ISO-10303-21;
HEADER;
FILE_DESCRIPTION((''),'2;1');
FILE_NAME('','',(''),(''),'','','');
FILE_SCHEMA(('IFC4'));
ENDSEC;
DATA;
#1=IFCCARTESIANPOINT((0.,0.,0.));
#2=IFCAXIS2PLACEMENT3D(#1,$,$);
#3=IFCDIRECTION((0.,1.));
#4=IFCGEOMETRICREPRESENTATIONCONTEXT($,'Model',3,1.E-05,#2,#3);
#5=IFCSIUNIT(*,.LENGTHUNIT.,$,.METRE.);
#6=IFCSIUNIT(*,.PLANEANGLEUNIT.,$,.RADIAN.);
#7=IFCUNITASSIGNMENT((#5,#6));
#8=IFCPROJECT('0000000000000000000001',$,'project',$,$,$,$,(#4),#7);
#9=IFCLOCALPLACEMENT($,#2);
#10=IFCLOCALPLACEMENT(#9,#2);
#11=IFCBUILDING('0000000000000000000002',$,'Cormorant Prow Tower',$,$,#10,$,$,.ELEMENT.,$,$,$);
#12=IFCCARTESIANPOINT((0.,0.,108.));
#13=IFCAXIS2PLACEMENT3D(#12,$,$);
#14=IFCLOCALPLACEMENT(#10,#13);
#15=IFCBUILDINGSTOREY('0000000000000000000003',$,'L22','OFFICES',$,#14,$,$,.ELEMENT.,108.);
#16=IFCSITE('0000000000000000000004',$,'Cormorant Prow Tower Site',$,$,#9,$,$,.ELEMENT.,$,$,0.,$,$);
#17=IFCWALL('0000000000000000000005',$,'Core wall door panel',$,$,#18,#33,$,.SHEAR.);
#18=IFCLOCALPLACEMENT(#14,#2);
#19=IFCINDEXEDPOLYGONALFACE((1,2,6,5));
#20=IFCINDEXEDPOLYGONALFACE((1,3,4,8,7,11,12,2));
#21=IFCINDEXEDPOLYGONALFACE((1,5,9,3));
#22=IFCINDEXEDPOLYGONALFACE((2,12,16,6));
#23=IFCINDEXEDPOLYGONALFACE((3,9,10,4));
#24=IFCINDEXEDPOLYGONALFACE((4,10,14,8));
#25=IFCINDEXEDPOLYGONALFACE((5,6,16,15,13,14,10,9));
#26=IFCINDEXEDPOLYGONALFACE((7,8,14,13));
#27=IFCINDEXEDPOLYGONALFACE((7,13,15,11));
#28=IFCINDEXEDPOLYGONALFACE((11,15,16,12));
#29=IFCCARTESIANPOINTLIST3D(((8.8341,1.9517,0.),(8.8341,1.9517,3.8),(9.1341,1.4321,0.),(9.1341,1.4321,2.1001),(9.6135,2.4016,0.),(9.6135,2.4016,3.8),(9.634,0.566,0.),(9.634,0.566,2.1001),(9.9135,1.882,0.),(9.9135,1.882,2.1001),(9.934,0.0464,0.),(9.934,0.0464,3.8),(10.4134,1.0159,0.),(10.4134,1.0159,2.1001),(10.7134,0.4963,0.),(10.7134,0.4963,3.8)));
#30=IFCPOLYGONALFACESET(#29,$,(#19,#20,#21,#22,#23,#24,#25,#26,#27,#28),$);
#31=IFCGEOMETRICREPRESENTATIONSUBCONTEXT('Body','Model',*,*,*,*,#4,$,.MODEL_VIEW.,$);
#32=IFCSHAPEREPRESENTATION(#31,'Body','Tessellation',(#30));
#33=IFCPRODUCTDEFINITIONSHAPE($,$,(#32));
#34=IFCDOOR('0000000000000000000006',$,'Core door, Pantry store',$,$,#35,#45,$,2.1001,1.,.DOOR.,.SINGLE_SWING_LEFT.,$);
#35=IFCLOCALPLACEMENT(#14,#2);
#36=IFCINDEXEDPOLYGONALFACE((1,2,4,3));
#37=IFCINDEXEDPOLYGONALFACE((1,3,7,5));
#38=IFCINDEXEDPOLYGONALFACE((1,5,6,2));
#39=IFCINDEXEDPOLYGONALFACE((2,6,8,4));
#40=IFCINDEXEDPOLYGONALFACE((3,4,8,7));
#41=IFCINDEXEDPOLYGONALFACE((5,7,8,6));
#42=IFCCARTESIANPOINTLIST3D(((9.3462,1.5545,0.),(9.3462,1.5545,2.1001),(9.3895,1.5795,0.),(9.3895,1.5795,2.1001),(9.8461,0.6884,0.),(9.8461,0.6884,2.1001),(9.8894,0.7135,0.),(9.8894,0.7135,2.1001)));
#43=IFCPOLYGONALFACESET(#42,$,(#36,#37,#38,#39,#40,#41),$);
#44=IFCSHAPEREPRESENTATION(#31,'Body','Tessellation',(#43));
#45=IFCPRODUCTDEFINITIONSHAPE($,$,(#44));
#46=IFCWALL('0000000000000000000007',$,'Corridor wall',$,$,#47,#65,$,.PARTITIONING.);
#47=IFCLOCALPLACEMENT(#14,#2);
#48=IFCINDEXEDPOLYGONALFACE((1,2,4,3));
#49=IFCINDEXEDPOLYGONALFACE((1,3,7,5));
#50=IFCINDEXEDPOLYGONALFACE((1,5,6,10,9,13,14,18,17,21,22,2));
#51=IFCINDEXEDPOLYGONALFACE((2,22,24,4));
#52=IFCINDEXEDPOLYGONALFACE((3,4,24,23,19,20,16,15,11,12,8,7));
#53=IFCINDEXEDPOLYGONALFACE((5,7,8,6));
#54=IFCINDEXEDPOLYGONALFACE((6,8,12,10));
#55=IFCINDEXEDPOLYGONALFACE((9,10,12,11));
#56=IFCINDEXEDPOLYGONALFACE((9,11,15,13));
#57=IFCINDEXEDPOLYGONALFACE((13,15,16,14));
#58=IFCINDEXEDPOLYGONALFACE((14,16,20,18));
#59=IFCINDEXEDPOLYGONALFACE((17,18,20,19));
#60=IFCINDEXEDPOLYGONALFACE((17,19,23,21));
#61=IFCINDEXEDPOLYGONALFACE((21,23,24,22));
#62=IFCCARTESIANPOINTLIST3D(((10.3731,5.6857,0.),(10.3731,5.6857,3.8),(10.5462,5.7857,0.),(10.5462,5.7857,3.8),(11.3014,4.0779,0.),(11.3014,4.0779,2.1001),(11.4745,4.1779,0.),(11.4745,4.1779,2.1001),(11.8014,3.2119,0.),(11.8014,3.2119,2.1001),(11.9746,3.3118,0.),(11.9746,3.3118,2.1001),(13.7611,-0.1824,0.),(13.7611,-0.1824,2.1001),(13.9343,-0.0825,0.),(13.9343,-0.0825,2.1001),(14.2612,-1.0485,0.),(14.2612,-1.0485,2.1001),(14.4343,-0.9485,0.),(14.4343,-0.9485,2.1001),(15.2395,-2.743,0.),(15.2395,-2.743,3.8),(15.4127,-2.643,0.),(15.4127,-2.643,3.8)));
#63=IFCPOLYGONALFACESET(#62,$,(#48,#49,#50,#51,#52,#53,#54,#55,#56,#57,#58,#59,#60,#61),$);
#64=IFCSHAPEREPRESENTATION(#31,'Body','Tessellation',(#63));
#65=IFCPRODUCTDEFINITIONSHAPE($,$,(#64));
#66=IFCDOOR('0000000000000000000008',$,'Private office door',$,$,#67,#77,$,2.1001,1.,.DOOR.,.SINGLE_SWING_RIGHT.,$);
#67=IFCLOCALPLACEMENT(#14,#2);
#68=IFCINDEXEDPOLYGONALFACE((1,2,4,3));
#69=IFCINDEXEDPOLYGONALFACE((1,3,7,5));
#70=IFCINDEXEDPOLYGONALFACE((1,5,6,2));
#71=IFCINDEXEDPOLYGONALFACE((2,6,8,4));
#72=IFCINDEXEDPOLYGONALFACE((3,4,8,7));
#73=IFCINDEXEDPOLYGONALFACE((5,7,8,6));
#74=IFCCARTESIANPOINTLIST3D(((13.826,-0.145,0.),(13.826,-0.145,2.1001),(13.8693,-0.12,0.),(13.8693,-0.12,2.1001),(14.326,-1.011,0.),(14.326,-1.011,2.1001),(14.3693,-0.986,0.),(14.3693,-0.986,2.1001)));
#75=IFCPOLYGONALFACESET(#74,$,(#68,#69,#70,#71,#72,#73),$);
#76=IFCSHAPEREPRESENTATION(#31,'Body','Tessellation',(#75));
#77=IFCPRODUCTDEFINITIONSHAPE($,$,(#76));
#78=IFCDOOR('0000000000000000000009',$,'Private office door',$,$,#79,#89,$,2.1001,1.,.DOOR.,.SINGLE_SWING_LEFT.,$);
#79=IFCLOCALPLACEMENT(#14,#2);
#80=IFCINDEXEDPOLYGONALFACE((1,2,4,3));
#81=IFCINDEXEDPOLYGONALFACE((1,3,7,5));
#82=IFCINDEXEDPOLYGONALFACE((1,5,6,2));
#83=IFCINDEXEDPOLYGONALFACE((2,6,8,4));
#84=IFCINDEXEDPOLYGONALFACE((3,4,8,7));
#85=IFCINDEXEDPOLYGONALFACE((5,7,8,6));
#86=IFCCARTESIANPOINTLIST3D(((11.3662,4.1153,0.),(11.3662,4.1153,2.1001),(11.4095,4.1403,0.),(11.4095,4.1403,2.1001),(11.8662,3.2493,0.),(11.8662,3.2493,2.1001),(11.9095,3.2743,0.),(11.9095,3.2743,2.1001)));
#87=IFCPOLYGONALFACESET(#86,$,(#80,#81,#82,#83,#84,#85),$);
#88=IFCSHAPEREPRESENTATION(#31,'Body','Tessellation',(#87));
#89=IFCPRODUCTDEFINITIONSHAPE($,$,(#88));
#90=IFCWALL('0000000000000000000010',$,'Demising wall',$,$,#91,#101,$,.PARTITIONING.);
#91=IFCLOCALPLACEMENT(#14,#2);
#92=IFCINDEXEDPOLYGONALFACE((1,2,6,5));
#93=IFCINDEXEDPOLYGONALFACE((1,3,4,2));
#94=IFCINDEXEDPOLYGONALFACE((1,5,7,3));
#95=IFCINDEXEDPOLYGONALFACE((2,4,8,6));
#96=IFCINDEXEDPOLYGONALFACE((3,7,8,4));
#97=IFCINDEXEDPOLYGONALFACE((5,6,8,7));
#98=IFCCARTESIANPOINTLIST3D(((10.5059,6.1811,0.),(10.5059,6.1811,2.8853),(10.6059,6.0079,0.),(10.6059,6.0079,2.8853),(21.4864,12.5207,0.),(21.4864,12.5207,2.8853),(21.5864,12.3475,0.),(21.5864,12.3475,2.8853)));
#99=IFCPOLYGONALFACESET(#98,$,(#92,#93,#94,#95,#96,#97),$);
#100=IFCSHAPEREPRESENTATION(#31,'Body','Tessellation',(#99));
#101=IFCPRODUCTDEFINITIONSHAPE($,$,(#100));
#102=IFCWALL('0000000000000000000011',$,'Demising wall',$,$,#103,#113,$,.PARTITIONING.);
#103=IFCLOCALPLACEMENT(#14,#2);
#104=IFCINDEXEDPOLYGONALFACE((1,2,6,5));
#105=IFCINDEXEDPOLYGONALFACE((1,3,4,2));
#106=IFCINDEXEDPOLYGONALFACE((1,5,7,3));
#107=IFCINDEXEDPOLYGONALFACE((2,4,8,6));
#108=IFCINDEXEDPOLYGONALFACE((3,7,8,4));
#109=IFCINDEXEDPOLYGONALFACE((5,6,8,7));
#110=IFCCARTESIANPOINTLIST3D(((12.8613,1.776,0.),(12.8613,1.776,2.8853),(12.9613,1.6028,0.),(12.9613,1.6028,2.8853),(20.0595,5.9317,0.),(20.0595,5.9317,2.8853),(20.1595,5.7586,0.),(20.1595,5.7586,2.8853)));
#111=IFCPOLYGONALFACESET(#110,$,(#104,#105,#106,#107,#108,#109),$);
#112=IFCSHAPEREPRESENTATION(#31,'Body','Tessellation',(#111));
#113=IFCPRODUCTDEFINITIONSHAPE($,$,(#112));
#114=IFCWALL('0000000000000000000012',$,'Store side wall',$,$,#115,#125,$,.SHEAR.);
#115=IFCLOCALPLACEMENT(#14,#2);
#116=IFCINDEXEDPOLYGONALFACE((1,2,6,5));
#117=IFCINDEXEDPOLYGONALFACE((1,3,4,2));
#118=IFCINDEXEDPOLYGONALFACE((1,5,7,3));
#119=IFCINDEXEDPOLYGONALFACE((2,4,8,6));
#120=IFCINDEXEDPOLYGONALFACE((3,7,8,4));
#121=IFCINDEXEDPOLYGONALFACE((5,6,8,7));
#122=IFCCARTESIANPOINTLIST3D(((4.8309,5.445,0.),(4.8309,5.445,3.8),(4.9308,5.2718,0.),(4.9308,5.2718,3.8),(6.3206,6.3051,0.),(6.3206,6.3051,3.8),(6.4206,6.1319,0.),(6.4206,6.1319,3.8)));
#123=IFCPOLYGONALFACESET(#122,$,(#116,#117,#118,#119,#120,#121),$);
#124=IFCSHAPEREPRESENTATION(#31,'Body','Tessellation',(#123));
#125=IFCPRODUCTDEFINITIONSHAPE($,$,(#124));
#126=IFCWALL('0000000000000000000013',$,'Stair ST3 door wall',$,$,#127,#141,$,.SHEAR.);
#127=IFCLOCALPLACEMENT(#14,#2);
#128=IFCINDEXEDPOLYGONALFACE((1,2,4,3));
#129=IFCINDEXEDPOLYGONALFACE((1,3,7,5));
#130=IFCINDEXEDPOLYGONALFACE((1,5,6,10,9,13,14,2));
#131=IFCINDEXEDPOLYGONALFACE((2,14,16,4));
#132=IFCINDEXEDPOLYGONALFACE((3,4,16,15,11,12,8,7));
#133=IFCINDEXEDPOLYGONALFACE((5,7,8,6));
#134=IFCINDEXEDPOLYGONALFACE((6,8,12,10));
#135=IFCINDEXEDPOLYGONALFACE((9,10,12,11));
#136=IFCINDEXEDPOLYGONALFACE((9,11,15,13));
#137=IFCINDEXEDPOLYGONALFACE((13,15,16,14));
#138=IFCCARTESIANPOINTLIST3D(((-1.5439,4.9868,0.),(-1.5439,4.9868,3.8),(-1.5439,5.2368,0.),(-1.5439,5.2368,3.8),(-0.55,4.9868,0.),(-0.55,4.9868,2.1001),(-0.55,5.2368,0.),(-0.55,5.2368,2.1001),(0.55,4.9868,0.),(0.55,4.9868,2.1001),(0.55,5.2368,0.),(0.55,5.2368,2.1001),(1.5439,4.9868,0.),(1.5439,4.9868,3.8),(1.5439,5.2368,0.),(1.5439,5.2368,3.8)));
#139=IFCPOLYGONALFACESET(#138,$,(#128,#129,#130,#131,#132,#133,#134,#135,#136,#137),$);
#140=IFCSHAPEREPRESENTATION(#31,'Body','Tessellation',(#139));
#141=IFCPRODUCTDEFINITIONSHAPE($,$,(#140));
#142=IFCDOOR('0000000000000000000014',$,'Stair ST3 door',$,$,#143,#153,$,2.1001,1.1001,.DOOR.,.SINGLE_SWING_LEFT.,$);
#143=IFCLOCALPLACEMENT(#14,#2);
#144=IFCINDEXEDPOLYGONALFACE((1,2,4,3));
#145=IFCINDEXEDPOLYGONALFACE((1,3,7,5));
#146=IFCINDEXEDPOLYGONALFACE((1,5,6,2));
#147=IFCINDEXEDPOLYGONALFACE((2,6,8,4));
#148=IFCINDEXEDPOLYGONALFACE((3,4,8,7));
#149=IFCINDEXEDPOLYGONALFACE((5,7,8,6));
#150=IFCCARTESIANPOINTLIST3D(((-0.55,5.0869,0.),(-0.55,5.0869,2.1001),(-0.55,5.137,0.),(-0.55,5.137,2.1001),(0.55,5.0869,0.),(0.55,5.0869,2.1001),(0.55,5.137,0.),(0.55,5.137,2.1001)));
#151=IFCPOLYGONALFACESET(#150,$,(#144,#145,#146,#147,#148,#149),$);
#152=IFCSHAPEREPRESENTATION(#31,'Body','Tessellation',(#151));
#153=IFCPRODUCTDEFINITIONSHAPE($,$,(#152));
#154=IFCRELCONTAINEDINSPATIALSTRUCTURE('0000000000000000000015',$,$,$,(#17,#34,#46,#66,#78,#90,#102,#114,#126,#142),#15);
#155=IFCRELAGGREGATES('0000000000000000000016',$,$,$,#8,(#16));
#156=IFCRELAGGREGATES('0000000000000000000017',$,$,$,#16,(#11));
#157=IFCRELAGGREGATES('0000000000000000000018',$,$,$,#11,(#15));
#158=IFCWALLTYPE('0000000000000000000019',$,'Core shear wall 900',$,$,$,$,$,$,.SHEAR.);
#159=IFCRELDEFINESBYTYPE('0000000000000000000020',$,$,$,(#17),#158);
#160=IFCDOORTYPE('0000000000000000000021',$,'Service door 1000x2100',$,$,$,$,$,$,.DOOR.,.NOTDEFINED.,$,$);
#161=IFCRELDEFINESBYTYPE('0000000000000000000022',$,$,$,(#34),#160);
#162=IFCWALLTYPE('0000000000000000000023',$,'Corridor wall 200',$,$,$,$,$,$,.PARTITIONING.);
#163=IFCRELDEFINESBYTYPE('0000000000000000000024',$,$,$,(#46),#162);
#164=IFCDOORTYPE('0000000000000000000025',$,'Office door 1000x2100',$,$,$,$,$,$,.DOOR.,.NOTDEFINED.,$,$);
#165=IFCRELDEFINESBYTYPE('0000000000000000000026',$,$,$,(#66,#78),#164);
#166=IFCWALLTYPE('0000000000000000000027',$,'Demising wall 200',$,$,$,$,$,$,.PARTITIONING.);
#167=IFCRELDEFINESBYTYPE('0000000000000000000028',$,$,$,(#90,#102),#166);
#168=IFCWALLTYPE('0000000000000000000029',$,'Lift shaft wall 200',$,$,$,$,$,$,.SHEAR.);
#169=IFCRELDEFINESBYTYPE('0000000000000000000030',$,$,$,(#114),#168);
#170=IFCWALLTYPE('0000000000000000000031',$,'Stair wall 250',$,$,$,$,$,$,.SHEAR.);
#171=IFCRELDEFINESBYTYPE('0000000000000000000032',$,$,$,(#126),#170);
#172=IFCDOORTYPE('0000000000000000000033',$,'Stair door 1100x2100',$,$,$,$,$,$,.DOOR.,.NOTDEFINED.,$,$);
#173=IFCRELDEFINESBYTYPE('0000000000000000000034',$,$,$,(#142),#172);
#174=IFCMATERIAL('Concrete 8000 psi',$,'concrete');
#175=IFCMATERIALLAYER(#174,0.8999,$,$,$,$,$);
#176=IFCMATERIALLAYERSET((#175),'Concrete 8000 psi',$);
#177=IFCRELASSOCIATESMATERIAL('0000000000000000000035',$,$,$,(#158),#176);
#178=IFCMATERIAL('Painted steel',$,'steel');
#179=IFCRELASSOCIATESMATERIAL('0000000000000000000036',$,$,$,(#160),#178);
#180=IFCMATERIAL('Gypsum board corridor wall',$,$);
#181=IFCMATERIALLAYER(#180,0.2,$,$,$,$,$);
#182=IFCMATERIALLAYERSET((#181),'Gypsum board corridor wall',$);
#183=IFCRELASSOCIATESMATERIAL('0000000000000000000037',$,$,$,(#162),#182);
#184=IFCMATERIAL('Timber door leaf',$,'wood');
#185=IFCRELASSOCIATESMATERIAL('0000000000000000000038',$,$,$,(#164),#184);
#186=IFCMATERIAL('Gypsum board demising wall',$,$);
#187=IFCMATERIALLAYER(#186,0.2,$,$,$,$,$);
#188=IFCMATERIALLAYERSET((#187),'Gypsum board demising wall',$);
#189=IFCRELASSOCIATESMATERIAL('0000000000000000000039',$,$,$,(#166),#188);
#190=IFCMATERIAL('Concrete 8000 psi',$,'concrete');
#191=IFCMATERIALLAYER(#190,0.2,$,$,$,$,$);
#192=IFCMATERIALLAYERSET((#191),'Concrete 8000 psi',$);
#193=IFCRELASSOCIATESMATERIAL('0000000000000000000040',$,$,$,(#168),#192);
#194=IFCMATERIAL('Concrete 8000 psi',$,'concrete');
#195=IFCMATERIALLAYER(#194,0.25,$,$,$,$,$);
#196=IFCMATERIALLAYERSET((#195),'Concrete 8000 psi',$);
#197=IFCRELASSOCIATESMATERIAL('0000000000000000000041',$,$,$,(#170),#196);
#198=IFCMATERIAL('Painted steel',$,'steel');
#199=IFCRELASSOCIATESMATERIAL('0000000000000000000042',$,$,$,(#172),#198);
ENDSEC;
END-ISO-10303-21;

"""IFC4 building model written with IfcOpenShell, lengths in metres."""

from ifc_helpers import new_model, si_unit, direction, frame, frame_2d, origin, place, context, subcontext, project, spatial, rectangle, extrude, material, layer, layer_set, type_object, element, fill, save


model = new_model("IFC4")

# Units and contexts
model_context = context("Model", 3, precision=1e-05, world=origin(), true_north=direction((0.0, 1.0)))
body_context = subcontext(model_context, "Body", "Model", "MODEL_VIEW")
ifc_project = project(units=[si_unit("LENGTHUNIT", "METRE"), si_unit("PLANEANGLEUNIT", "RADIAN")], contexts=[model_context])

# Site, building, storey
site_placement = place(None, origin())
site = spatial("IfcSite", under=ifc_project, at=site_placement, Name="Cormorant Prow Tower Site", CompositionType="ELEMENT", RefElevation=0.0)
building_placement = place(site_placement, origin())
building = spatial("IfcBuilding", under=site, at=building_placement, Name="Cormorant Prow Tower", CompositionType="ELEMENT")
storey_placement = place(building_placement, frame((0.0, 0.0, 108.0)))
storey = spatial("IfcBuildingStorey", under=building, at=storey_placement, Name="L22", Description="OFFICES", CompositionType="ELEMENT", Elevation=108.0)

# Shared definitions
ifc_material_1 = material(Name="Concrete 8000 psi", Category="concrete")
ifc_layer_1 = layer(ifc_material_1, 0.8999)
ifc_layer_set_1 = layer_set([ifc_layer_1], Name="Concrete 8000 psi")
wall_type_1 = type_object("IfcWallType", Name="Core shear wall 900", PredefinedType="SHEAR", material=ifc_layer_set_1)

# Wall, opening, door
wall_1_placement = place(storey_placement, frame((10.3237, 0.2712, 0.0), z_axis=(0.0, 0.0, 1.0), x_axis=(-0.499947, 0.866056, 0.0)))
wall_1 = element("IfcWall", 1, at=wall_1_placement, inside=storey, type_object=wall_type_1, Name="Core wall door panel", PredefinedType="SHEAR", context=body_context, shape_type="SweptSolid", body=[
    extrude(rectangle(XDim=2.2, YDim=0.8999, at=frame_2d((1.1001, 0.0))), origin(), (0.0, 0.0, 1.0), 3.8),
])
opening_1_placement = place(wall_1_placement, frame((0.6001, 0.0, 0.0)))
opening_1 = element("IfcOpeningElement", 2, at=opening_1_placement, cuts=wall_1, PredefinedType="OPENING", context=body_context, shape_type="SweptSolid", body=[
    extrude(rectangle(XDim=1.0, YDim=2.1001, at=frame_2d((0.5, 1.05))), frame((0.0, 0.46, 0.0), z_axis=(0.0, -1.0, 0.0), x_axis=(1.0, 0.0, 0.0)), (0.0, 0.0, 1.0), 0.9199),
])
ifc_material_2 = material(Name="Painted steel", Category="steel")
door_type_1 = type_object("IfcDoorType", Name="Service door 1000x2100", OperationType="NOTDEFINED", PredefinedType="DOOR", material=ifc_material_2)
door_1_placement = place(opening_1_placement, origin())
door_1 = element("IfcDoor", 3, at=door_1_placement, inside=storey, type_object=door_type_1, Name="Core door, Pantry store", OperationType="SINGLE_SWING_LEFT", OverallHeight=2.1001, OverallWidth=1.0, PredefinedType="DOOR", context=body_context, shape_type="SweptSolid", body=[
    extrude(rectangle(XDim=1.0, YDim=2.1001, at=frame_2d((0.5, 1.05))), frame((0.0, 0.2051, 0.0), z_axis=(0.0, -1.0, 0.0), x_axis=(1.0, 0.0, 0.0)), (0.0, 0.0, 1.0), 0.05),
])
fill(opening_1, door_1)

# Wall, openings, doors
ifc_material_3 = material(Name="Gypsum board corridor wall")
ifc_layer_2 = layer(ifc_material_3, 0.2)
ifc_layer_set_2 = layer_set([ifc_layer_2], Name="Gypsum board corridor wall")
wall_type_2 = type_object("IfcWallType", Name="Corridor wall 200", PredefinedType="PARTITIONING", material=ifc_layer_set_2)
wall_2_placement = place(storey_placement, frame((10.4597, 5.7356, 0.0), z_axis=(0.0, 0.0, 1.0), x_axis=(0.500011, -0.866019, 0.0)))
wall_2 = element("IfcWall", 4, at=wall_2_placement, inside=storey, type_object=wall_type_2, Name="Corridor wall", PredefinedType="PARTITIONING", context=body_context, shape_type="SweptSolid", body=[
    extrude(rectangle(XDim=9.7327, YDim=0.2, at=frame_2d((4.8662, 0.0))), origin(), (0.0, 0.0, 1.0), 3.8),
])
opening_2_placement = place(wall_2_placement, frame((6.7759, 0.0, 0.0)))
opening_2 = element("IfcOpeningElement", 5, at=opening_2_placement, cuts=wall_2, PredefinedType="OPENING", context=body_context, shape_type="SweptSolid", body=[
    extrude(rectangle(XDim=1.0, YDim=2.1001, at=frame_2d((0.5, 1.05))), frame((0.0, 0.1099, 0.0), z_axis=(0.0, -1.0, 0.0), x_axis=(1.0, 0.0, 0.0)), (0.0, 0.0, 1.0), 0.22),
])
opening_3_placement = place(wall_2_placement, frame((1.8564, 0.0, 0.0)))
opening_3 = element("IfcOpeningElement", 6, at=opening_3_placement, cuts=wall_2, PredefinedType="OPENING", context=body_context, shape_type="SweptSolid", body=[
    extrude(rectangle(XDim=1.0, YDim=2.1001, at=frame_2d((0.5, 1.05))), frame((0.0, 0.1099, 0.0), z_axis=(0.0, -1.0, 0.0), x_axis=(1.0, 0.0, 0.0)), (0.0, 0.0, 1.0), 0.22),
])
ifc_material_4 = material(Name="Timber door leaf", Category="wood")
door_type_2 = type_object("IfcDoorType", Name="Office door 1000x2100", OperationType="NOTDEFINED", PredefinedType="DOOR", material=ifc_material_4)
door_2_placement = place(opening_2_placement, origin())
door_2 = element("IfcDoor", 7, at=door_2_placement, inside=storey, type_object=door_type_2, Name="Private office door", OperationType="SINGLE_SWING_RIGHT", OverallHeight=2.1001, OverallWidth=1.0, PredefinedType="DOOR", context=body_context, shape_type="SweptSolid", body=[
    extrude(rectangle(XDim=1.0, YDim=2.1001, at=frame_2d((0.5, 1.05))), frame((0.0, 0.0249, 0.0), z_axis=(0.0, -1.0, 0.0), x_axis=(1.0, 0.0, 0.0)), (0.0, 0.0, 1.0), 0.05),
])
fill(opening_2, door_2)
door_3_placement = place(opening_3_placement, origin())
door_3 = element("IfcDoor", 8, at=door_3_placement, inside=storey, type_object=door_type_2, Name="Private office door", OperationType="SINGLE_SWING_LEFT", OverallHeight=2.1001, OverallWidth=1.0, PredefinedType="DOOR", context=body_context, shape_type="SweptSolid", body=[
    extrude(rectangle(XDim=1.0, YDim=2.1001, at=frame_2d((0.5, 1.05))), frame((0.0, 0.0249, 0.0), z_axis=(0.0, -1.0, 0.0), x_axis=(1.0, 0.0, 0.0)), (0.0, 0.0, 1.0), 0.05),
])
fill(opening_3, door_3)

# Walls
ifc_material_5 = material(Name="Gypsum board demising wall")
ifc_layer_3 = layer(ifc_material_5, 0.2)
ifc_layer_set_3 = layer_set([ifc_layer_3], Name="Gypsum board demising wall")
wall_type_3 = type_object("IfcWallType", Name="Demising wall 200", PredefinedType="PARTITIONING", material=ifc_layer_set_3)
wall_3_placement = place(storey_placement, frame((10.5559, 6.0945, 0.0), z_axis=(0.0, 0.0, 1.0), x_axis=(0.866025, 0.500001, 0.0)))
element("IfcWall", 9, at=wall_3_placement, inside=storey, type_object=wall_type_3, Name="Demising wall", PredefinedType="PARTITIONING", context=body_context, shape_type="SweptSolid", body=[
    extrude(rectangle(XDim=12.6792, YDim=0.2, at=frame_2d((6.3396, 0.0))), origin(), (0.0, 0.0, 1.0), 2.8853),
])
wall_4_placement = place(storey_placement, frame((12.9114, 1.6895, 0.0), z_axis=(0.0, 0.0, 1.0), x_axis=(0.866033, 0.499987, 0.0)))
element("IfcWall", 10, at=wall_4_placement, inside=storey, type_object=wall_type_3, Name="Demising wall", PredefinedType="PARTITIONING", context=body_context, shape_type="SweptSolid", body=[
    extrude(rectangle(XDim=8.3118, YDim=0.2, at=frame_2d((4.1558, 0.0))), origin(), (0.0, 0.0, 1.0), 2.8853),
])
ifc_material_6 = material(Name="Concrete 8000 psi", Category="concrete")
ifc_layer_4 = layer(ifc_material_6, 0.2)
ifc_layer_set_4 = layer_set([ifc_layer_4], Name="Concrete 8000 psi")
wall_type_4 = type_object("IfcWallType", Name="Lift shaft wall 200", PredefinedType="SHEAR", material=ifc_layer_set_4)
wall_5_placement = place(storey_placement, frame((4.8809, 5.3584, 0.0), z_axis=(0.0, 0.0, 1.0), x_axis=(0.866025, 0.500001, 0.0)))
element("IfcWall", 11, at=wall_5_placement, inside=storey, type_object=wall_type_4, Name="Store side wall", PredefinedType="SHEAR", context=body_context, shape_type="SweptSolid", body=[
    extrude(rectangle(XDim=1.7202, YDim=0.2, at=frame_2d((0.8601, 0.0))), origin(), (0.0, 0.0, 1.0), 3.8),
])

# Wall, opening, door
ifc_material_7 = material(Name="Concrete 8000 psi", Category="concrete")
ifc_layer_5 = layer(ifc_material_7, 0.25)
ifc_layer_set_5 = layer_set([ifc_layer_5], Name="Concrete 8000 psi")
wall_type_5 = type_object("IfcWallType", Name="Stair wall 250", PredefinedType="SHEAR", material=ifc_layer_set_5)
wall_6_placement = place(storey_placement, frame((1.5439, 5.1118, 0.0), z_axis=(0.0, 0.0, 1.0), x_axis=(-1.0, 0.0, 0.0)))
wall_6 = element("IfcWall", 12, at=wall_6_placement, inside=storey, type_object=wall_type_5, Name="Stair ST3 door wall", PredefinedType="SHEAR", context=body_context, shape_type="SweptSolid", body=[
    extrude(rectangle(XDim=3.0879, YDim=0.25, at=frame_2d((1.5439, 0.0))), origin(), (0.0, 0.0, 1.0), 3.8),
])
opening_4_placement = place(wall_6_placement, frame((0.9939, 0.0, 0.0)))
opening_4 = element("IfcOpeningElement", 13, at=opening_4_placement, cuts=wall_6, PredefinedType="OPENING", context=body_context, shape_type="SweptSolid", body=[
    extrude(rectangle(XDim=1.1001, YDim=2.1001, at=frame_2d((0.55, 1.05))), frame((0.0, 0.135, 0.0), z_axis=(0.0, -1.0, 0.0), x_axis=(1.0, 0.0, 0.0)), (0.0, 0.0, 1.0), 0.27),
])
ifc_material_8 = material(Name="Painted steel", Category="steel")
door_type_3 = type_object("IfcDoorType", Name="Stair door 1100x2100", OperationType="NOTDEFINED", PredefinedType="DOOR", material=ifc_material_8)
door_4_placement = place(opening_4_placement, origin())
door_4 = element("IfcDoor", 14, at=door_4_placement, inside=storey, type_object=door_type_3, Name="Stair ST3 door", OperationType="SINGLE_SWING_LEFT", OverallHeight=2.1001, OverallWidth=1.1001, PredefinedType="DOOR", context=body_context, shape_type="SweptSolid", body=[
    extrude(rectangle(XDim=1.1001, YDim=2.1001, at=frame_2d((0.55, 1.05))), frame((0.0, 0.0249, 0.0), z_axis=(0.0, -1.0, 0.0), x_axis=(1.0, 0.0, 0.0)), (0.0, 0.0, 1.0), 0.05),
])
fill(opening_4, door_4)

save(model, "model.ifc")
